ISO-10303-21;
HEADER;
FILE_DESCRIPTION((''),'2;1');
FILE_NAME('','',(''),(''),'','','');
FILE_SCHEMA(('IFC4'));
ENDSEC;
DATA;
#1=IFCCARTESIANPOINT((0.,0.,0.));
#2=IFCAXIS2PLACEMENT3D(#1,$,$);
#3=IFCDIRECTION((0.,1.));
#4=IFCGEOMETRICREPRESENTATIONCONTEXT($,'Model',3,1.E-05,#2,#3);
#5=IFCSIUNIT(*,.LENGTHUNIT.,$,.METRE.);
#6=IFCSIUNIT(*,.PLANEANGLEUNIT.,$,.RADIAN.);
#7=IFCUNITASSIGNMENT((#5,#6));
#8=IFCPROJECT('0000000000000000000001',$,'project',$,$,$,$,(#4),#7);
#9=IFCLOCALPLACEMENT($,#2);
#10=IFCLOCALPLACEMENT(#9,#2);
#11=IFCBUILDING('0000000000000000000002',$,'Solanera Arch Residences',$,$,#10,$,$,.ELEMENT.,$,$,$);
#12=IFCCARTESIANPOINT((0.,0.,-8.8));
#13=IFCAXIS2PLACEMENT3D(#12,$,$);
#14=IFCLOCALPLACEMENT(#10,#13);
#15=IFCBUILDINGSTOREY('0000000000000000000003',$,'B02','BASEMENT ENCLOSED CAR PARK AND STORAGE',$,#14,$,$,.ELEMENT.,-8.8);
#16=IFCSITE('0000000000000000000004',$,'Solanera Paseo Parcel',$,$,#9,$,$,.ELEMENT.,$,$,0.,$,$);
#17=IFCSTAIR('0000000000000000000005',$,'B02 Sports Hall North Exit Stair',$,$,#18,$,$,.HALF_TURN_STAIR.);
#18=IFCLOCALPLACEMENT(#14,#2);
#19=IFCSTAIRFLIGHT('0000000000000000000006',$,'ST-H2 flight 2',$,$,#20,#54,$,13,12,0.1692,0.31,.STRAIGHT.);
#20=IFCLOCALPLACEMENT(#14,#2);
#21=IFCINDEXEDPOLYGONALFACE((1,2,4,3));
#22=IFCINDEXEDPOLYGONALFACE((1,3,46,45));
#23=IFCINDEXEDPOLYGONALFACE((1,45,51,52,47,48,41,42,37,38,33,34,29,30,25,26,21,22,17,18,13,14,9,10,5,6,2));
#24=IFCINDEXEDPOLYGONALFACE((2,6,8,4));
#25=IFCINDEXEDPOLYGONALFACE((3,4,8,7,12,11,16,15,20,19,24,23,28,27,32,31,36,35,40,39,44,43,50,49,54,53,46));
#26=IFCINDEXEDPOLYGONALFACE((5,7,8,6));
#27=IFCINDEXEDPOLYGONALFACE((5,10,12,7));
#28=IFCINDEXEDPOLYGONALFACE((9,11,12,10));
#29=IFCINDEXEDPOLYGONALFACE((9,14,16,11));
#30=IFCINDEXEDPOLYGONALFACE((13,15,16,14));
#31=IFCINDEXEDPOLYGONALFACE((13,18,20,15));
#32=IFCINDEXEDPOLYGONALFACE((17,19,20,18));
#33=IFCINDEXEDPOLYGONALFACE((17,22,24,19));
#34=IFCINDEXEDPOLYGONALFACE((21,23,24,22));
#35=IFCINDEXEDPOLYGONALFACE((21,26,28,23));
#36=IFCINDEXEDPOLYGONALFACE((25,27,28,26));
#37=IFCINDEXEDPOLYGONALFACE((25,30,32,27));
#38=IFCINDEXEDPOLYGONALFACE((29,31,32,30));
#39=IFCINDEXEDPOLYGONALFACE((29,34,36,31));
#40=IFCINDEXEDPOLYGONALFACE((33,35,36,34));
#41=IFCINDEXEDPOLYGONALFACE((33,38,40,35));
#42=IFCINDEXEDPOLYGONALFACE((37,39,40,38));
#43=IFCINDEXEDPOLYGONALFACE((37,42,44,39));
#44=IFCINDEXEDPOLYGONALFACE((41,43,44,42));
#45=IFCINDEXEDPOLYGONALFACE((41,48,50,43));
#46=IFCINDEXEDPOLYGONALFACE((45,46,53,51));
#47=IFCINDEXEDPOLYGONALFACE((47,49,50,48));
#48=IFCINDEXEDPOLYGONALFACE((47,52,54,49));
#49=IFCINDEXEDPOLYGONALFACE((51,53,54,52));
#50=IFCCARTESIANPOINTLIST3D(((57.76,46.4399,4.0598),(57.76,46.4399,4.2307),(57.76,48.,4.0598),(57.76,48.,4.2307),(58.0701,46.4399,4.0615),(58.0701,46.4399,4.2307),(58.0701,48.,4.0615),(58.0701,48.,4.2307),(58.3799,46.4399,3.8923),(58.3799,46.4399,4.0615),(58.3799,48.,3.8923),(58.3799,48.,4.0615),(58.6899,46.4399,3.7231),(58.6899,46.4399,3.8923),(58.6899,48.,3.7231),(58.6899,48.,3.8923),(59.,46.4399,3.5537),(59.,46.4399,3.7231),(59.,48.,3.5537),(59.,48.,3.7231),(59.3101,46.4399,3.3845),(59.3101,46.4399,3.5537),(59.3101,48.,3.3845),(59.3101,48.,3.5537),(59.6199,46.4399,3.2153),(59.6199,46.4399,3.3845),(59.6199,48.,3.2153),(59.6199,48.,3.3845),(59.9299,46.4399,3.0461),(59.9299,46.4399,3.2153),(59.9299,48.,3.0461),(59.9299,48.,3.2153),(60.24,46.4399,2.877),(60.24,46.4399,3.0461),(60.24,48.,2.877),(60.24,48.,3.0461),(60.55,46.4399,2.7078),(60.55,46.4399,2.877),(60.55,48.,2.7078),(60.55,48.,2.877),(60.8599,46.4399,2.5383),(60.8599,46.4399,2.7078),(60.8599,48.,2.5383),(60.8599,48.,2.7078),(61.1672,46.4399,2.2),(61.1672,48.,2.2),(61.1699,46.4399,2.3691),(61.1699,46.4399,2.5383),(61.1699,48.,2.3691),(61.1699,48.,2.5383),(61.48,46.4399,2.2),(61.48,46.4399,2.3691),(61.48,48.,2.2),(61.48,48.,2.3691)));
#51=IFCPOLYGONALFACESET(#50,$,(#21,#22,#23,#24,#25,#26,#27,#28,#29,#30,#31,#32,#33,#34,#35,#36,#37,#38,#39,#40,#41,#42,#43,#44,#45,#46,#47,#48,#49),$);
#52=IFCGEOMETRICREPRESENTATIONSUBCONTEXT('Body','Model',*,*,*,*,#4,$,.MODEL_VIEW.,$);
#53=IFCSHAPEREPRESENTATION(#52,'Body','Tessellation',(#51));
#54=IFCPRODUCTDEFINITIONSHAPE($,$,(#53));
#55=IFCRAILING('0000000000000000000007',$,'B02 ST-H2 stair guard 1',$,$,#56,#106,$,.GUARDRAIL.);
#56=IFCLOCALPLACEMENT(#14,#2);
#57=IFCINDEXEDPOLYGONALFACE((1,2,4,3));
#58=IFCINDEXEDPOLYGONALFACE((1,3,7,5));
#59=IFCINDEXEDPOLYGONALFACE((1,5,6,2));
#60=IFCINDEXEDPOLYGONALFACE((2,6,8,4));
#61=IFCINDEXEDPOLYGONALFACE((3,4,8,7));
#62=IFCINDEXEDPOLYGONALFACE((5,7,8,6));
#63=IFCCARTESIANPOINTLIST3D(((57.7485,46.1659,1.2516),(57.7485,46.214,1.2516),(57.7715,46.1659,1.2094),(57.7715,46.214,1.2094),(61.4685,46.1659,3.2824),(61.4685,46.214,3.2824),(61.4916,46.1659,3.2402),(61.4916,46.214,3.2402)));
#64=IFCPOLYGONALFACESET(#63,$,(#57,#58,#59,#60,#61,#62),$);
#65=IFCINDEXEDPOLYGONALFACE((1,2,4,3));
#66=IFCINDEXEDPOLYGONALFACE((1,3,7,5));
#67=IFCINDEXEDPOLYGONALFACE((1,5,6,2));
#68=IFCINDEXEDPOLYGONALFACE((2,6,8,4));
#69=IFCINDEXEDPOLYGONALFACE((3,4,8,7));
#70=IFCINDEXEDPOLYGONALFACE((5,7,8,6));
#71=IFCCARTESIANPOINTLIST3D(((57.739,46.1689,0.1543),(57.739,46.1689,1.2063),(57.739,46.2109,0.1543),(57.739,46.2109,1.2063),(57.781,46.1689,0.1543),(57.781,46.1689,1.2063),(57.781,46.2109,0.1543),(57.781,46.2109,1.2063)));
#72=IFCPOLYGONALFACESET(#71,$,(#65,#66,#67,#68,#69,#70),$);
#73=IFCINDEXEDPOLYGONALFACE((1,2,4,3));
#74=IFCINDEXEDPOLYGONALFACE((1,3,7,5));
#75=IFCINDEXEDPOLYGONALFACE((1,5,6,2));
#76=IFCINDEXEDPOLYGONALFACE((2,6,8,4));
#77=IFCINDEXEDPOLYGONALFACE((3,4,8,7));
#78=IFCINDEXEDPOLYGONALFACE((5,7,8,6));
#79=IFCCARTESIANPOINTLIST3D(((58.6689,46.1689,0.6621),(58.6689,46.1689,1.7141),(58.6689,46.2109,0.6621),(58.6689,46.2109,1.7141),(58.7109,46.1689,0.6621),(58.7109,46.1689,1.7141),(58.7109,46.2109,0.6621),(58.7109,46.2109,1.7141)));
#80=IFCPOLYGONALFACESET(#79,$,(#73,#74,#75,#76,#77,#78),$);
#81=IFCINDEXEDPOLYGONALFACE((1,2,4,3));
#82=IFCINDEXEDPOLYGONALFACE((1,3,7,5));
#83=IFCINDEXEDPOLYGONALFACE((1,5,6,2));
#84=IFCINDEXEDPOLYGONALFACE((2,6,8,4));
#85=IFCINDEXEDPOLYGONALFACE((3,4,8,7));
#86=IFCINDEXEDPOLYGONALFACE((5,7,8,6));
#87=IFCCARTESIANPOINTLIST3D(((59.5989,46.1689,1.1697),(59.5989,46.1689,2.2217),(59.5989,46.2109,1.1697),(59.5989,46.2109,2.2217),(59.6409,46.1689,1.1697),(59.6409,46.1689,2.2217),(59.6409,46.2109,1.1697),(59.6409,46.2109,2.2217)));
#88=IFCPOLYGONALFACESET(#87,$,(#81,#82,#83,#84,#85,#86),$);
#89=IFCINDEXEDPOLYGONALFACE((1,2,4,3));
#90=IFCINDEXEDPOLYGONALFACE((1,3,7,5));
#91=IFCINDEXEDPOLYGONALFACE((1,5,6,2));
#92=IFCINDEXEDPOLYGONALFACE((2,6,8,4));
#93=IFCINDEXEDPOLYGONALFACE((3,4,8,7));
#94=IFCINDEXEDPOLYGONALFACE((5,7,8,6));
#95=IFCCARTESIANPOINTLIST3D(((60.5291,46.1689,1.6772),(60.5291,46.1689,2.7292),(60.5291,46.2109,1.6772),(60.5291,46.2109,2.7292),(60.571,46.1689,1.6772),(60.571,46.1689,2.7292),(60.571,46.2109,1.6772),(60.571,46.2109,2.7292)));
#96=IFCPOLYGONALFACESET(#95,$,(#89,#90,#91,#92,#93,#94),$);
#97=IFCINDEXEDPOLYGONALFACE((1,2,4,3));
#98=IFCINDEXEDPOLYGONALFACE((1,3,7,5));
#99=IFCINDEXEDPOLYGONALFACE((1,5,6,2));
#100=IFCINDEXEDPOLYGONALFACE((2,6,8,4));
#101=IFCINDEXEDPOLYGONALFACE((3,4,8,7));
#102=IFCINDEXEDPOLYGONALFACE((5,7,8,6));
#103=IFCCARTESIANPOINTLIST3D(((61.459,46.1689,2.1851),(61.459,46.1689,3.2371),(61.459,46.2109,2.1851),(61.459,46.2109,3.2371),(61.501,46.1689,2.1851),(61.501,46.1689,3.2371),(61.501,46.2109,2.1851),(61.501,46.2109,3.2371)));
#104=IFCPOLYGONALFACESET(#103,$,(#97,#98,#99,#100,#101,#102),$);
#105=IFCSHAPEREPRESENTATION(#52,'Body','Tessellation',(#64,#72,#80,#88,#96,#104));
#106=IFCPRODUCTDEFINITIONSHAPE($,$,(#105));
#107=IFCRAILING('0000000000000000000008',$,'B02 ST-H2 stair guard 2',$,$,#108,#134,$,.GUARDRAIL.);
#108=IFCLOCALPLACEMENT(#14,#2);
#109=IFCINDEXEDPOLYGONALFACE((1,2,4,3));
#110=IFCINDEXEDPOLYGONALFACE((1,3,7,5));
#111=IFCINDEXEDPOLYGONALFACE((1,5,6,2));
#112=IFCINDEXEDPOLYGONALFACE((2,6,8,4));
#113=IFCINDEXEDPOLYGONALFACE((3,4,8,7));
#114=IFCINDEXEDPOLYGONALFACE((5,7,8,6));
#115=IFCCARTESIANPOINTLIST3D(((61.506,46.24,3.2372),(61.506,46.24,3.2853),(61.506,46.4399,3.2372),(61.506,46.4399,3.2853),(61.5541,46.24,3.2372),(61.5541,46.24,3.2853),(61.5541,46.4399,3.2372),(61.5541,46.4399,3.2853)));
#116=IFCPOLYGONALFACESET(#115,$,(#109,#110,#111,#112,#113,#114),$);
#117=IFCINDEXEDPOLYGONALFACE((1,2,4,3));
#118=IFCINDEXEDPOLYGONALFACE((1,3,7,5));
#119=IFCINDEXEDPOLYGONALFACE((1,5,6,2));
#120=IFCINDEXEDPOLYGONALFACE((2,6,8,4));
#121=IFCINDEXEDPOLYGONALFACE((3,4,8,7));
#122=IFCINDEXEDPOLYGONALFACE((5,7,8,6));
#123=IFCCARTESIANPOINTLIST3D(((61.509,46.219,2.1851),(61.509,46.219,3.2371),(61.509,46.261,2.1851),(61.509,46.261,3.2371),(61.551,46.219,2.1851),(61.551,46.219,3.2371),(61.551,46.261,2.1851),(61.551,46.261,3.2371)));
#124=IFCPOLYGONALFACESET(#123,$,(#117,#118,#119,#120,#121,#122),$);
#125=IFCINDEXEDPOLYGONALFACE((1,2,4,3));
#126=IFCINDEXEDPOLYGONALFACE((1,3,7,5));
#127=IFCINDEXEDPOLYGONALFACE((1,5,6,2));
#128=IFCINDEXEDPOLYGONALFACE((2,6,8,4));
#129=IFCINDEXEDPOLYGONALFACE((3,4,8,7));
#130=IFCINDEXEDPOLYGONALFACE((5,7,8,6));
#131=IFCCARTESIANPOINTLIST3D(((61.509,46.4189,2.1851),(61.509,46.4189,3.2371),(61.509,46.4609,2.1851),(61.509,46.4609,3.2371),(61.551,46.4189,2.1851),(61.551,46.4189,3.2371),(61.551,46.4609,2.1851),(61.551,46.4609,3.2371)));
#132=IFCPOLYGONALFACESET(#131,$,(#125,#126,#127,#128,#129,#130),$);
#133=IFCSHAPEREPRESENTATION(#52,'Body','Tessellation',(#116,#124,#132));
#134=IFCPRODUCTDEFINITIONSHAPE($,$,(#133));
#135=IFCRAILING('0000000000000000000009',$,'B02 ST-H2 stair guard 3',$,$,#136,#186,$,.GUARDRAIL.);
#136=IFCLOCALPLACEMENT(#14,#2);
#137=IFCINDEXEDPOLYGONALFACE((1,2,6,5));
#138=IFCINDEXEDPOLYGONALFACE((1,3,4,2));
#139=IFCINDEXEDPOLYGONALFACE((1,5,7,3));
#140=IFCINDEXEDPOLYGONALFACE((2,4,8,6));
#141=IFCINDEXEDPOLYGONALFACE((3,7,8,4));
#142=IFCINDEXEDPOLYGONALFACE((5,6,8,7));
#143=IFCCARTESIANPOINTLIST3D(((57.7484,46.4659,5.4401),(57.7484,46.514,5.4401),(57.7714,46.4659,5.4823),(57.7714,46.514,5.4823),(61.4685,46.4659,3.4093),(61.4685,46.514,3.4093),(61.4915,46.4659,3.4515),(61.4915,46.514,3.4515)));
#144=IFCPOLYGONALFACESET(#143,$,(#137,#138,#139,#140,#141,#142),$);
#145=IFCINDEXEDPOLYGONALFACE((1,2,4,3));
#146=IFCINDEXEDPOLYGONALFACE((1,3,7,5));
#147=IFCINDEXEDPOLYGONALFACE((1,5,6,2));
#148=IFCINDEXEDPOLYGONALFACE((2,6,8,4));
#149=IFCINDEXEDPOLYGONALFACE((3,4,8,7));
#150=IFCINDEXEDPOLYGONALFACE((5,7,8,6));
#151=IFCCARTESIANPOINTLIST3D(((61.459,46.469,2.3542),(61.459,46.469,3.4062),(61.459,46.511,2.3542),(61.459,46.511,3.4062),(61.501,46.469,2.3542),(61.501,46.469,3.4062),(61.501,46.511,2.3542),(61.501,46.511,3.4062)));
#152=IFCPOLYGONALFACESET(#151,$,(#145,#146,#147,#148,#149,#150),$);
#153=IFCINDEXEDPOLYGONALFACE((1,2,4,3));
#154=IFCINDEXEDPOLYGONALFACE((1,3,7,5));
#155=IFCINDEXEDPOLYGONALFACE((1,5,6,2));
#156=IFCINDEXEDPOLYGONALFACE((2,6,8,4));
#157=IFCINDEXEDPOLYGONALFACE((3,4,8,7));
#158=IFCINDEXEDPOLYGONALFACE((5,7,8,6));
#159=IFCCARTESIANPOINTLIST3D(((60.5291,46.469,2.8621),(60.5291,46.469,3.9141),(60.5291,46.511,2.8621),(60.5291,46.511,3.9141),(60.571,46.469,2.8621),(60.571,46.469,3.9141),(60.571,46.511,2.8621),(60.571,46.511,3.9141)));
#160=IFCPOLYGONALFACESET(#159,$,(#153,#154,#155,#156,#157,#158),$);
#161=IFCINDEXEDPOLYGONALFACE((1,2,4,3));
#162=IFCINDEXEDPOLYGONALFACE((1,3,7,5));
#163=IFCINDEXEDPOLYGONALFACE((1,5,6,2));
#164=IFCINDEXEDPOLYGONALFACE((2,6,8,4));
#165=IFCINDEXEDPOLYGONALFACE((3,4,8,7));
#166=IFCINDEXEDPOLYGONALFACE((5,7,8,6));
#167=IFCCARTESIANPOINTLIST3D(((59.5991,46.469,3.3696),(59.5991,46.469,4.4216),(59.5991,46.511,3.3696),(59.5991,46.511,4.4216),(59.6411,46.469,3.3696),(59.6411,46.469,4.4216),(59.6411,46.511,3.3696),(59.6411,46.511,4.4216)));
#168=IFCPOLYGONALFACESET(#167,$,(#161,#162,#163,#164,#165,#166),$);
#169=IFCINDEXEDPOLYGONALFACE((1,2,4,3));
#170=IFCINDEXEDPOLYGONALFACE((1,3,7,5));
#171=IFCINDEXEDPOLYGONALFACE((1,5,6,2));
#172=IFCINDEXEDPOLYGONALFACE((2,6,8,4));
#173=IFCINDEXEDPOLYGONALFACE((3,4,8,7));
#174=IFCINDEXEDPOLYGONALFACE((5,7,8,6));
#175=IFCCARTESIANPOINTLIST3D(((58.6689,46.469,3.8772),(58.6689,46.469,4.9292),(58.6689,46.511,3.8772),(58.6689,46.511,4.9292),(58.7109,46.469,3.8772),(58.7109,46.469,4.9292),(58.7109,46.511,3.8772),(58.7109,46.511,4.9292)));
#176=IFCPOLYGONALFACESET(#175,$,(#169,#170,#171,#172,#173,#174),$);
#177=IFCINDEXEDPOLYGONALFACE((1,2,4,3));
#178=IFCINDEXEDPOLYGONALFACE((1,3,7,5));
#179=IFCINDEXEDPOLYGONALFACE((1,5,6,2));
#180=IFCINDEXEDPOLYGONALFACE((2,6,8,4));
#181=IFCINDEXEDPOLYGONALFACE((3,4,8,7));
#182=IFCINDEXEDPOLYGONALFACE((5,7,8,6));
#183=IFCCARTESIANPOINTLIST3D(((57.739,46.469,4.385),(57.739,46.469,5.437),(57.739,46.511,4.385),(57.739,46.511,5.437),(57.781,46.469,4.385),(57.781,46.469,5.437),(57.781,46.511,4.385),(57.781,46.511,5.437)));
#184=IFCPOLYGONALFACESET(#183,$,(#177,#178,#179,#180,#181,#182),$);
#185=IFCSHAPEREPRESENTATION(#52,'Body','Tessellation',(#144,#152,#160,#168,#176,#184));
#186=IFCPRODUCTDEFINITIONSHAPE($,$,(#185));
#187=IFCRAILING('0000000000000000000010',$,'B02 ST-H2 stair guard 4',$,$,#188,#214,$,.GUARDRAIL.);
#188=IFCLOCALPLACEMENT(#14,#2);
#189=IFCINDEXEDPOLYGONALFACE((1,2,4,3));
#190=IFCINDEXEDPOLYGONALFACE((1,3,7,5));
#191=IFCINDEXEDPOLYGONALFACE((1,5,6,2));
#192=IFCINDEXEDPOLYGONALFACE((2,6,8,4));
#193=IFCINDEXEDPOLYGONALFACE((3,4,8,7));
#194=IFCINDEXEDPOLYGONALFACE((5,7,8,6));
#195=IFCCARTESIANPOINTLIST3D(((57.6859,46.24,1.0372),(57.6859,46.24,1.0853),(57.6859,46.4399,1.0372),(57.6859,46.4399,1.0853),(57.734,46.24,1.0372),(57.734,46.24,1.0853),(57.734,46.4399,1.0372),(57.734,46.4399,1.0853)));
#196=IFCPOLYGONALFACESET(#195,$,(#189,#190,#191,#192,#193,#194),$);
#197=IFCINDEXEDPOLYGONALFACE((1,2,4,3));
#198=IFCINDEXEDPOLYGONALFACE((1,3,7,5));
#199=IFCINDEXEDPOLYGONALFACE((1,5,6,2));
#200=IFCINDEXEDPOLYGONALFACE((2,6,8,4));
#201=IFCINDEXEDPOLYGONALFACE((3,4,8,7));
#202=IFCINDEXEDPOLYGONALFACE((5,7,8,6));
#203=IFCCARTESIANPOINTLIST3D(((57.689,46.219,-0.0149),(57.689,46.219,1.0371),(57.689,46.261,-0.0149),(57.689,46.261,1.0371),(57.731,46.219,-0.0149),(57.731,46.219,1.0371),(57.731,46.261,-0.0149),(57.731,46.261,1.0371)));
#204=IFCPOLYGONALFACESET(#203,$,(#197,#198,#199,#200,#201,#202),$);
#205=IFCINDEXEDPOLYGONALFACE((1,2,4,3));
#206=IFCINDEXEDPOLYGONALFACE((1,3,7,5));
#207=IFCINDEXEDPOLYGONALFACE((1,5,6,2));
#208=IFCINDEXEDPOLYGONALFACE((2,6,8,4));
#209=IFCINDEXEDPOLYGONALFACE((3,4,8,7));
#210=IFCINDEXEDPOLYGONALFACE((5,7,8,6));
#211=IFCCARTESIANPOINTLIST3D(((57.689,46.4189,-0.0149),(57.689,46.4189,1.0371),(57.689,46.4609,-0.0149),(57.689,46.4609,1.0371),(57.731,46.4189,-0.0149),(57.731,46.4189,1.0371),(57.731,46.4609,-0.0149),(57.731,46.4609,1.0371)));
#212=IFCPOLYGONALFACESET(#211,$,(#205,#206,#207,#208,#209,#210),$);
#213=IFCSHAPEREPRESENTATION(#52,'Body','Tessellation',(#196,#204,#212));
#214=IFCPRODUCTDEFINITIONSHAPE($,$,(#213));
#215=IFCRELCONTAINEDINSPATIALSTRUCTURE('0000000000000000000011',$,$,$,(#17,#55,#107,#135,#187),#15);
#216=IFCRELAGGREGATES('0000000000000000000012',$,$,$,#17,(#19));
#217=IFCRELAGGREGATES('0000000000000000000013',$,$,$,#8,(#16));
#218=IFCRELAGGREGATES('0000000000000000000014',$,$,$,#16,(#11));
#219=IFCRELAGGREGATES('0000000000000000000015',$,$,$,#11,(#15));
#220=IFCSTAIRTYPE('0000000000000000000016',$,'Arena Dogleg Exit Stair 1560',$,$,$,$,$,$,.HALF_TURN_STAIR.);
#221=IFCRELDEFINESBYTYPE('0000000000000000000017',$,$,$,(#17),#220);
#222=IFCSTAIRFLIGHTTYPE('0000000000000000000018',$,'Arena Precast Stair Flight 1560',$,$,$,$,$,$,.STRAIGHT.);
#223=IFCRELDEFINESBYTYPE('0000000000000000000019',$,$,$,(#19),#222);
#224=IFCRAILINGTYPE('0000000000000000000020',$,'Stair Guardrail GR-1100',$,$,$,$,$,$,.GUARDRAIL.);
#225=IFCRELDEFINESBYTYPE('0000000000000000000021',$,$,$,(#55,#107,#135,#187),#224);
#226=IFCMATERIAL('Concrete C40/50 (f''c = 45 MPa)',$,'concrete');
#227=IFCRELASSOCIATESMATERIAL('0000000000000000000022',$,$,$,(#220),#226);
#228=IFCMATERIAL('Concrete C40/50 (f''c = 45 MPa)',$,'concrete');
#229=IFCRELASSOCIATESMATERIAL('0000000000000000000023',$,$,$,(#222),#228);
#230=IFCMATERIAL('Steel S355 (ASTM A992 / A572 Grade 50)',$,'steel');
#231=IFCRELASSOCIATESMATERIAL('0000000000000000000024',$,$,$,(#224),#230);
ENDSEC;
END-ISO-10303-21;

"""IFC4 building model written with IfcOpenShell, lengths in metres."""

from ifc_helpers import new_model, si_unit, direction, frame, origin, origin_2d, place, context, subcontext, project, spatial, polyline, rectangle, outline, extrude, material, type_object, element, aggregate, save


model = new_model("IFC4")

# Units and contexts
model_context = context("Model", 3, precision=1e-05, world=origin(), true_north=direction((0.0, 1.0)))
body_context = subcontext(model_context, "Body", "Model", "MODEL_VIEW")
ifc_project = project(units=[si_unit("LENGTHUNIT", "METRE"), si_unit("PLANEANGLEUNIT", "RADIAN")], contexts=[model_context])

# Site, building, storey
site_placement = place(None, origin())
site = spatial("IfcSite", under=ifc_project, at=site_placement, Name="Solanera Paseo Parcel", CompositionType="ELEMENT", RefElevation=0.0)
building_placement = place(site_placement, origin())
building = spatial("IfcBuilding", under=site, at=building_placement, Name="Solanera Arch Residences", CompositionType="ELEMENT")
storey_placement = place(building_placement, frame((0.0, 0.0, -8.8)))
storey = spatial("IfcBuildingStorey", under=building, at=storey_placement, Name="B02", Description="BASEMENT ENCLOSED CAR PARK AND STORAGE", CompositionType="ELEMENT", Elevation=-8.8)

# Stair, stair flight
ifc_material_1 = material(Name="Concrete C40/50 (f'c = 45 MPa)", Category="concrete")
stair_type = type_object("IfcStairType", Name="Arena Dogleg Exit Stair 1560", PredefinedType="HALF_TURN_STAIR", material=ifc_material_1)
stair_placement = place(storey_placement, origin())
stair = element("IfcStair", 1, at=stair_placement, inside=storey, type_object=stair_type, Name="B02 Sports Hall North Exit Stair", PredefinedType="HALF_TURN_STAIR")
ifc_material_2 = material(Name="Concrete C40/50 (f'c = 45 MPa)", Category="concrete")
stair_flight_type = type_object("IfcStairFlightType", Name="Arena Precast Stair Flight 1560", PredefinedType="STRAIGHT", material=ifc_material_2)
stair_flight_1_placement = place(storey_placement, frame((61.48, 47.22, 2.2), z_axis=(0.0, 0.0, 1.0), x_axis=(-1.0, 0.0, 0.0)))
stair_flight_1 = element("IfcStairFlight", 2, at=stair_flight_1_placement, type_object=stair_flight_type, Name="ST-H2 flight 2", NumberOfRisers=13, NumberOfTreads=12, PredefinedType="STRAIGHT", RiserHeight=0.1692, TreadLength=0.31, context=body_context, shape_type="SweptSolid", body=[
    extrude(outline(polyline([(0.0, 0.0), (0.0, 0.1692), (0.3101, 0.1692), (0.3101, 0.3384), (0.6201, 0.3384), (0.6201, 0.5078), (0.9299, 0.5078), (0.9299, 0.677), (1.24, 0.677), (1.24, 0.8462), (1.55, 0.8462), (1.55, 1.0154), (1.8601, 1.0154), (1.8601, 1.1846), (2.1699, 1.1846), (2.1699, 1.3538), (2.48, 1.3538), (2.48, 1.5232), (2.79, 1.5232), (2.79, 1.6924), (3.1001, 1.6924), (3.1001, 1.8616), (3.4099, 1.8616), (3.4099, 2.0308), (3.72, 2.0308), (3.72, 2.2), (3.72, 1.8599), (0.3127, 0.0), (0.0, 0.0)])), frame((0.0, 0.78, 0.0), z_axis=(0.0, -1.0, 0.0), x_axis=(1.0, 0.0, 0.0)), (0.0, 0.0, 1.0), 1.5601),
])
aggregate(stair, [stair_flight_1])

# Railings
ifc_material_3 = material(Name="Steel S355 (ASTM A992 / A572 Grade 50)", Category="steel")
railing_type_1 = type_object("IfcRailingType", Name="Stair Guardrail GR-1100", PredefinedType="GUARDRAIL", material=ifc_material_3)
railing_1_placement = place(storey_placement, frame((57.76, 46.1899, 0.1543)))
element("IfcRailing", 3, at=railing_1_placement, inside=storey, type_object=railing_type_1, Name="B02 ST-H2 stair guard 1", PredefinedType="GUARDRAIL", context=body_context, shape_type="SweptSolid", body=[
    extrude(rectangle(XDim=0.0481, YDim=0.0481, at=origin_2d()), frame((0.0, 0.0, 1.0762), z_axis=(0.877728, 0.0, 0.479159), x_axis=(0.0, 1.0, 0.0)), (0.0, 0.0, 1.0), 4.2383),
    extrude(rectangle(XDim=0.042, YDim=0.042, at=origin_2d()), origin(), (0.0, 0.0, 1.0), 1.052),
    extrude(rectangle(XDim=0.042, YDim=0.042, at=origin_2d()), frame((0.9299, 0.0, 0.5078)), (0.0, 0.0, 1.0), 1.052),
    extrude(rectangle(XDim=0.042, YDim=0.042, at=origin_2d()), frame((1.8599, 0.0, 1.0154)), (0.0, 0.0, 1.0), 1.052),
    extrude(rectangle(XDim=0.042, YDim=0.042, at=origin_2d()), frame((2.79, 0.0, 1.5229)), (0.0, 0.0, 1.0), 1.052),
    extrude(rectangle(XDim=0.042, YDim=0.042, at=origin_2d()), frame((3.72, 0.0, 2.0308)), (0.0, 0.0, 1.0), 1.052),
])
railing_2_placement = place(storey_placement, frame((61.53, 46.24, 2.1851)))
element("IfcRailing", 4, at=railing_2_placement, inside=storey, type_object=railing_type_1, Name="B02 ST-H2 stair guard 2", PredefinedType="GUARDRAIL", context=body_context, shape_type="SweptSolid", body=[
    extrude(rectangle(XDim=0.0481, YDim=0.0481, at=origin_2d()), frame((0.0, 0.0, 1.0762), z_axis=(0.0, 1.0, 0.0), x_axis=(-1.0, 0.0, 0.0)), (0.0, 0.0, 1.0), 0.2),
    extrude(rectangle(XDim=0.042, YDim=0.042, at=origin_2d()), origin(), (0.0, 0.0, 1.0), 1.052),
    extrude(rectangle(XDim=0.042, YDim=0.042, at=origin_2d()), frame((0.0, 0.2, 0.0)), (0.0, 0.0, 1.0), 1.052),
])
railing_3_placement = place(storey_placement, frame((61.48, 46.49, 2.3542)))
element("IfcRailing", 5, at=railing_3_placement, inside=storey, type_object=railing_type_1, Name="B02 ST-H2 stair guard 3", PredefinedType="GUARDRAIL", context=body_context, shape_type="SweptSolid", body=[
    extrude(rectangle(XDim=0.0481, YDim=0.0481, at=origin_2d()), frame((0.0, 0.0, 1.0762), z_axis=(-0.877728, 0.0, 0.479159), x_axis=(0.0, -1.0, 0.0)), (0.0, 0.0, 1.0), 4.2383),
    extrude(rectangle(XDim=0.042, YDim=0.042, at=origin_2d()), origin(), (0.0, 0.0, 1.0), 1.052),
    extrude(rectangle(XDim=0.042, YDim=0.042, at=origin_2d()), frame((-0.9299, 0.0, 0.5078)), (0.0, 0.0, 1.0), 1.052),
    extrude(rectangle(XDim=0.042, YDim=0.042, at=origin_2d()), frame((-1.8599, 0.0, 1.0154)), (0.0, 0.0, 1.0), 1.052),
    extrude(rectangle(XDim=0.042, YDim=0.042, at=origin_2d()), frame((-2.79, 0.0, 1.5229)), (0.0, 0.0, 1.0), 1.052),
    extrude(rectangle(XDim=0.042, YDim=0.042, at=origin_2d()), frame((-3.72, 0.0, 2.0308)), (0.0, 0.0, 1.0), 1.052),
])
railing_4_placement = place(storey_placement, frame((57.71, 46.24, -0.0149)))
element("IfcRailing", 6, at=railing_4_placement, inside=storey, type_object=railing_type_1, Name="B02 ST-H2 stair guard 4", PredefinedType="GUARDRAIL", context=body_context, shape_type="SweptSolid", body=[
    extrude(rectangle(XDim=0.0481, YDim=0.0481, at=origin_2d()), frame((0.0, 0.0, 1.0762), z_axis=(0.0, 1.0, 0.0), x_axis=(-1.0, 0.0, 0.0)), (0.0, 0.0, 1.0), 0.2),
    extrude(rectangle(XDim=0.042, YDim=0.042, at=origin_2d()), origin(), (0.0, 0.0, 1.0), 1.052),
    extrude(rectangle(XDim=0.042, YDim=0.042, at=origin_2d()), frame((0.0, 0.2, 0.0)), (0.0, 0.0, 1.0), 1.052),
])

save(model, "model.ifc")
